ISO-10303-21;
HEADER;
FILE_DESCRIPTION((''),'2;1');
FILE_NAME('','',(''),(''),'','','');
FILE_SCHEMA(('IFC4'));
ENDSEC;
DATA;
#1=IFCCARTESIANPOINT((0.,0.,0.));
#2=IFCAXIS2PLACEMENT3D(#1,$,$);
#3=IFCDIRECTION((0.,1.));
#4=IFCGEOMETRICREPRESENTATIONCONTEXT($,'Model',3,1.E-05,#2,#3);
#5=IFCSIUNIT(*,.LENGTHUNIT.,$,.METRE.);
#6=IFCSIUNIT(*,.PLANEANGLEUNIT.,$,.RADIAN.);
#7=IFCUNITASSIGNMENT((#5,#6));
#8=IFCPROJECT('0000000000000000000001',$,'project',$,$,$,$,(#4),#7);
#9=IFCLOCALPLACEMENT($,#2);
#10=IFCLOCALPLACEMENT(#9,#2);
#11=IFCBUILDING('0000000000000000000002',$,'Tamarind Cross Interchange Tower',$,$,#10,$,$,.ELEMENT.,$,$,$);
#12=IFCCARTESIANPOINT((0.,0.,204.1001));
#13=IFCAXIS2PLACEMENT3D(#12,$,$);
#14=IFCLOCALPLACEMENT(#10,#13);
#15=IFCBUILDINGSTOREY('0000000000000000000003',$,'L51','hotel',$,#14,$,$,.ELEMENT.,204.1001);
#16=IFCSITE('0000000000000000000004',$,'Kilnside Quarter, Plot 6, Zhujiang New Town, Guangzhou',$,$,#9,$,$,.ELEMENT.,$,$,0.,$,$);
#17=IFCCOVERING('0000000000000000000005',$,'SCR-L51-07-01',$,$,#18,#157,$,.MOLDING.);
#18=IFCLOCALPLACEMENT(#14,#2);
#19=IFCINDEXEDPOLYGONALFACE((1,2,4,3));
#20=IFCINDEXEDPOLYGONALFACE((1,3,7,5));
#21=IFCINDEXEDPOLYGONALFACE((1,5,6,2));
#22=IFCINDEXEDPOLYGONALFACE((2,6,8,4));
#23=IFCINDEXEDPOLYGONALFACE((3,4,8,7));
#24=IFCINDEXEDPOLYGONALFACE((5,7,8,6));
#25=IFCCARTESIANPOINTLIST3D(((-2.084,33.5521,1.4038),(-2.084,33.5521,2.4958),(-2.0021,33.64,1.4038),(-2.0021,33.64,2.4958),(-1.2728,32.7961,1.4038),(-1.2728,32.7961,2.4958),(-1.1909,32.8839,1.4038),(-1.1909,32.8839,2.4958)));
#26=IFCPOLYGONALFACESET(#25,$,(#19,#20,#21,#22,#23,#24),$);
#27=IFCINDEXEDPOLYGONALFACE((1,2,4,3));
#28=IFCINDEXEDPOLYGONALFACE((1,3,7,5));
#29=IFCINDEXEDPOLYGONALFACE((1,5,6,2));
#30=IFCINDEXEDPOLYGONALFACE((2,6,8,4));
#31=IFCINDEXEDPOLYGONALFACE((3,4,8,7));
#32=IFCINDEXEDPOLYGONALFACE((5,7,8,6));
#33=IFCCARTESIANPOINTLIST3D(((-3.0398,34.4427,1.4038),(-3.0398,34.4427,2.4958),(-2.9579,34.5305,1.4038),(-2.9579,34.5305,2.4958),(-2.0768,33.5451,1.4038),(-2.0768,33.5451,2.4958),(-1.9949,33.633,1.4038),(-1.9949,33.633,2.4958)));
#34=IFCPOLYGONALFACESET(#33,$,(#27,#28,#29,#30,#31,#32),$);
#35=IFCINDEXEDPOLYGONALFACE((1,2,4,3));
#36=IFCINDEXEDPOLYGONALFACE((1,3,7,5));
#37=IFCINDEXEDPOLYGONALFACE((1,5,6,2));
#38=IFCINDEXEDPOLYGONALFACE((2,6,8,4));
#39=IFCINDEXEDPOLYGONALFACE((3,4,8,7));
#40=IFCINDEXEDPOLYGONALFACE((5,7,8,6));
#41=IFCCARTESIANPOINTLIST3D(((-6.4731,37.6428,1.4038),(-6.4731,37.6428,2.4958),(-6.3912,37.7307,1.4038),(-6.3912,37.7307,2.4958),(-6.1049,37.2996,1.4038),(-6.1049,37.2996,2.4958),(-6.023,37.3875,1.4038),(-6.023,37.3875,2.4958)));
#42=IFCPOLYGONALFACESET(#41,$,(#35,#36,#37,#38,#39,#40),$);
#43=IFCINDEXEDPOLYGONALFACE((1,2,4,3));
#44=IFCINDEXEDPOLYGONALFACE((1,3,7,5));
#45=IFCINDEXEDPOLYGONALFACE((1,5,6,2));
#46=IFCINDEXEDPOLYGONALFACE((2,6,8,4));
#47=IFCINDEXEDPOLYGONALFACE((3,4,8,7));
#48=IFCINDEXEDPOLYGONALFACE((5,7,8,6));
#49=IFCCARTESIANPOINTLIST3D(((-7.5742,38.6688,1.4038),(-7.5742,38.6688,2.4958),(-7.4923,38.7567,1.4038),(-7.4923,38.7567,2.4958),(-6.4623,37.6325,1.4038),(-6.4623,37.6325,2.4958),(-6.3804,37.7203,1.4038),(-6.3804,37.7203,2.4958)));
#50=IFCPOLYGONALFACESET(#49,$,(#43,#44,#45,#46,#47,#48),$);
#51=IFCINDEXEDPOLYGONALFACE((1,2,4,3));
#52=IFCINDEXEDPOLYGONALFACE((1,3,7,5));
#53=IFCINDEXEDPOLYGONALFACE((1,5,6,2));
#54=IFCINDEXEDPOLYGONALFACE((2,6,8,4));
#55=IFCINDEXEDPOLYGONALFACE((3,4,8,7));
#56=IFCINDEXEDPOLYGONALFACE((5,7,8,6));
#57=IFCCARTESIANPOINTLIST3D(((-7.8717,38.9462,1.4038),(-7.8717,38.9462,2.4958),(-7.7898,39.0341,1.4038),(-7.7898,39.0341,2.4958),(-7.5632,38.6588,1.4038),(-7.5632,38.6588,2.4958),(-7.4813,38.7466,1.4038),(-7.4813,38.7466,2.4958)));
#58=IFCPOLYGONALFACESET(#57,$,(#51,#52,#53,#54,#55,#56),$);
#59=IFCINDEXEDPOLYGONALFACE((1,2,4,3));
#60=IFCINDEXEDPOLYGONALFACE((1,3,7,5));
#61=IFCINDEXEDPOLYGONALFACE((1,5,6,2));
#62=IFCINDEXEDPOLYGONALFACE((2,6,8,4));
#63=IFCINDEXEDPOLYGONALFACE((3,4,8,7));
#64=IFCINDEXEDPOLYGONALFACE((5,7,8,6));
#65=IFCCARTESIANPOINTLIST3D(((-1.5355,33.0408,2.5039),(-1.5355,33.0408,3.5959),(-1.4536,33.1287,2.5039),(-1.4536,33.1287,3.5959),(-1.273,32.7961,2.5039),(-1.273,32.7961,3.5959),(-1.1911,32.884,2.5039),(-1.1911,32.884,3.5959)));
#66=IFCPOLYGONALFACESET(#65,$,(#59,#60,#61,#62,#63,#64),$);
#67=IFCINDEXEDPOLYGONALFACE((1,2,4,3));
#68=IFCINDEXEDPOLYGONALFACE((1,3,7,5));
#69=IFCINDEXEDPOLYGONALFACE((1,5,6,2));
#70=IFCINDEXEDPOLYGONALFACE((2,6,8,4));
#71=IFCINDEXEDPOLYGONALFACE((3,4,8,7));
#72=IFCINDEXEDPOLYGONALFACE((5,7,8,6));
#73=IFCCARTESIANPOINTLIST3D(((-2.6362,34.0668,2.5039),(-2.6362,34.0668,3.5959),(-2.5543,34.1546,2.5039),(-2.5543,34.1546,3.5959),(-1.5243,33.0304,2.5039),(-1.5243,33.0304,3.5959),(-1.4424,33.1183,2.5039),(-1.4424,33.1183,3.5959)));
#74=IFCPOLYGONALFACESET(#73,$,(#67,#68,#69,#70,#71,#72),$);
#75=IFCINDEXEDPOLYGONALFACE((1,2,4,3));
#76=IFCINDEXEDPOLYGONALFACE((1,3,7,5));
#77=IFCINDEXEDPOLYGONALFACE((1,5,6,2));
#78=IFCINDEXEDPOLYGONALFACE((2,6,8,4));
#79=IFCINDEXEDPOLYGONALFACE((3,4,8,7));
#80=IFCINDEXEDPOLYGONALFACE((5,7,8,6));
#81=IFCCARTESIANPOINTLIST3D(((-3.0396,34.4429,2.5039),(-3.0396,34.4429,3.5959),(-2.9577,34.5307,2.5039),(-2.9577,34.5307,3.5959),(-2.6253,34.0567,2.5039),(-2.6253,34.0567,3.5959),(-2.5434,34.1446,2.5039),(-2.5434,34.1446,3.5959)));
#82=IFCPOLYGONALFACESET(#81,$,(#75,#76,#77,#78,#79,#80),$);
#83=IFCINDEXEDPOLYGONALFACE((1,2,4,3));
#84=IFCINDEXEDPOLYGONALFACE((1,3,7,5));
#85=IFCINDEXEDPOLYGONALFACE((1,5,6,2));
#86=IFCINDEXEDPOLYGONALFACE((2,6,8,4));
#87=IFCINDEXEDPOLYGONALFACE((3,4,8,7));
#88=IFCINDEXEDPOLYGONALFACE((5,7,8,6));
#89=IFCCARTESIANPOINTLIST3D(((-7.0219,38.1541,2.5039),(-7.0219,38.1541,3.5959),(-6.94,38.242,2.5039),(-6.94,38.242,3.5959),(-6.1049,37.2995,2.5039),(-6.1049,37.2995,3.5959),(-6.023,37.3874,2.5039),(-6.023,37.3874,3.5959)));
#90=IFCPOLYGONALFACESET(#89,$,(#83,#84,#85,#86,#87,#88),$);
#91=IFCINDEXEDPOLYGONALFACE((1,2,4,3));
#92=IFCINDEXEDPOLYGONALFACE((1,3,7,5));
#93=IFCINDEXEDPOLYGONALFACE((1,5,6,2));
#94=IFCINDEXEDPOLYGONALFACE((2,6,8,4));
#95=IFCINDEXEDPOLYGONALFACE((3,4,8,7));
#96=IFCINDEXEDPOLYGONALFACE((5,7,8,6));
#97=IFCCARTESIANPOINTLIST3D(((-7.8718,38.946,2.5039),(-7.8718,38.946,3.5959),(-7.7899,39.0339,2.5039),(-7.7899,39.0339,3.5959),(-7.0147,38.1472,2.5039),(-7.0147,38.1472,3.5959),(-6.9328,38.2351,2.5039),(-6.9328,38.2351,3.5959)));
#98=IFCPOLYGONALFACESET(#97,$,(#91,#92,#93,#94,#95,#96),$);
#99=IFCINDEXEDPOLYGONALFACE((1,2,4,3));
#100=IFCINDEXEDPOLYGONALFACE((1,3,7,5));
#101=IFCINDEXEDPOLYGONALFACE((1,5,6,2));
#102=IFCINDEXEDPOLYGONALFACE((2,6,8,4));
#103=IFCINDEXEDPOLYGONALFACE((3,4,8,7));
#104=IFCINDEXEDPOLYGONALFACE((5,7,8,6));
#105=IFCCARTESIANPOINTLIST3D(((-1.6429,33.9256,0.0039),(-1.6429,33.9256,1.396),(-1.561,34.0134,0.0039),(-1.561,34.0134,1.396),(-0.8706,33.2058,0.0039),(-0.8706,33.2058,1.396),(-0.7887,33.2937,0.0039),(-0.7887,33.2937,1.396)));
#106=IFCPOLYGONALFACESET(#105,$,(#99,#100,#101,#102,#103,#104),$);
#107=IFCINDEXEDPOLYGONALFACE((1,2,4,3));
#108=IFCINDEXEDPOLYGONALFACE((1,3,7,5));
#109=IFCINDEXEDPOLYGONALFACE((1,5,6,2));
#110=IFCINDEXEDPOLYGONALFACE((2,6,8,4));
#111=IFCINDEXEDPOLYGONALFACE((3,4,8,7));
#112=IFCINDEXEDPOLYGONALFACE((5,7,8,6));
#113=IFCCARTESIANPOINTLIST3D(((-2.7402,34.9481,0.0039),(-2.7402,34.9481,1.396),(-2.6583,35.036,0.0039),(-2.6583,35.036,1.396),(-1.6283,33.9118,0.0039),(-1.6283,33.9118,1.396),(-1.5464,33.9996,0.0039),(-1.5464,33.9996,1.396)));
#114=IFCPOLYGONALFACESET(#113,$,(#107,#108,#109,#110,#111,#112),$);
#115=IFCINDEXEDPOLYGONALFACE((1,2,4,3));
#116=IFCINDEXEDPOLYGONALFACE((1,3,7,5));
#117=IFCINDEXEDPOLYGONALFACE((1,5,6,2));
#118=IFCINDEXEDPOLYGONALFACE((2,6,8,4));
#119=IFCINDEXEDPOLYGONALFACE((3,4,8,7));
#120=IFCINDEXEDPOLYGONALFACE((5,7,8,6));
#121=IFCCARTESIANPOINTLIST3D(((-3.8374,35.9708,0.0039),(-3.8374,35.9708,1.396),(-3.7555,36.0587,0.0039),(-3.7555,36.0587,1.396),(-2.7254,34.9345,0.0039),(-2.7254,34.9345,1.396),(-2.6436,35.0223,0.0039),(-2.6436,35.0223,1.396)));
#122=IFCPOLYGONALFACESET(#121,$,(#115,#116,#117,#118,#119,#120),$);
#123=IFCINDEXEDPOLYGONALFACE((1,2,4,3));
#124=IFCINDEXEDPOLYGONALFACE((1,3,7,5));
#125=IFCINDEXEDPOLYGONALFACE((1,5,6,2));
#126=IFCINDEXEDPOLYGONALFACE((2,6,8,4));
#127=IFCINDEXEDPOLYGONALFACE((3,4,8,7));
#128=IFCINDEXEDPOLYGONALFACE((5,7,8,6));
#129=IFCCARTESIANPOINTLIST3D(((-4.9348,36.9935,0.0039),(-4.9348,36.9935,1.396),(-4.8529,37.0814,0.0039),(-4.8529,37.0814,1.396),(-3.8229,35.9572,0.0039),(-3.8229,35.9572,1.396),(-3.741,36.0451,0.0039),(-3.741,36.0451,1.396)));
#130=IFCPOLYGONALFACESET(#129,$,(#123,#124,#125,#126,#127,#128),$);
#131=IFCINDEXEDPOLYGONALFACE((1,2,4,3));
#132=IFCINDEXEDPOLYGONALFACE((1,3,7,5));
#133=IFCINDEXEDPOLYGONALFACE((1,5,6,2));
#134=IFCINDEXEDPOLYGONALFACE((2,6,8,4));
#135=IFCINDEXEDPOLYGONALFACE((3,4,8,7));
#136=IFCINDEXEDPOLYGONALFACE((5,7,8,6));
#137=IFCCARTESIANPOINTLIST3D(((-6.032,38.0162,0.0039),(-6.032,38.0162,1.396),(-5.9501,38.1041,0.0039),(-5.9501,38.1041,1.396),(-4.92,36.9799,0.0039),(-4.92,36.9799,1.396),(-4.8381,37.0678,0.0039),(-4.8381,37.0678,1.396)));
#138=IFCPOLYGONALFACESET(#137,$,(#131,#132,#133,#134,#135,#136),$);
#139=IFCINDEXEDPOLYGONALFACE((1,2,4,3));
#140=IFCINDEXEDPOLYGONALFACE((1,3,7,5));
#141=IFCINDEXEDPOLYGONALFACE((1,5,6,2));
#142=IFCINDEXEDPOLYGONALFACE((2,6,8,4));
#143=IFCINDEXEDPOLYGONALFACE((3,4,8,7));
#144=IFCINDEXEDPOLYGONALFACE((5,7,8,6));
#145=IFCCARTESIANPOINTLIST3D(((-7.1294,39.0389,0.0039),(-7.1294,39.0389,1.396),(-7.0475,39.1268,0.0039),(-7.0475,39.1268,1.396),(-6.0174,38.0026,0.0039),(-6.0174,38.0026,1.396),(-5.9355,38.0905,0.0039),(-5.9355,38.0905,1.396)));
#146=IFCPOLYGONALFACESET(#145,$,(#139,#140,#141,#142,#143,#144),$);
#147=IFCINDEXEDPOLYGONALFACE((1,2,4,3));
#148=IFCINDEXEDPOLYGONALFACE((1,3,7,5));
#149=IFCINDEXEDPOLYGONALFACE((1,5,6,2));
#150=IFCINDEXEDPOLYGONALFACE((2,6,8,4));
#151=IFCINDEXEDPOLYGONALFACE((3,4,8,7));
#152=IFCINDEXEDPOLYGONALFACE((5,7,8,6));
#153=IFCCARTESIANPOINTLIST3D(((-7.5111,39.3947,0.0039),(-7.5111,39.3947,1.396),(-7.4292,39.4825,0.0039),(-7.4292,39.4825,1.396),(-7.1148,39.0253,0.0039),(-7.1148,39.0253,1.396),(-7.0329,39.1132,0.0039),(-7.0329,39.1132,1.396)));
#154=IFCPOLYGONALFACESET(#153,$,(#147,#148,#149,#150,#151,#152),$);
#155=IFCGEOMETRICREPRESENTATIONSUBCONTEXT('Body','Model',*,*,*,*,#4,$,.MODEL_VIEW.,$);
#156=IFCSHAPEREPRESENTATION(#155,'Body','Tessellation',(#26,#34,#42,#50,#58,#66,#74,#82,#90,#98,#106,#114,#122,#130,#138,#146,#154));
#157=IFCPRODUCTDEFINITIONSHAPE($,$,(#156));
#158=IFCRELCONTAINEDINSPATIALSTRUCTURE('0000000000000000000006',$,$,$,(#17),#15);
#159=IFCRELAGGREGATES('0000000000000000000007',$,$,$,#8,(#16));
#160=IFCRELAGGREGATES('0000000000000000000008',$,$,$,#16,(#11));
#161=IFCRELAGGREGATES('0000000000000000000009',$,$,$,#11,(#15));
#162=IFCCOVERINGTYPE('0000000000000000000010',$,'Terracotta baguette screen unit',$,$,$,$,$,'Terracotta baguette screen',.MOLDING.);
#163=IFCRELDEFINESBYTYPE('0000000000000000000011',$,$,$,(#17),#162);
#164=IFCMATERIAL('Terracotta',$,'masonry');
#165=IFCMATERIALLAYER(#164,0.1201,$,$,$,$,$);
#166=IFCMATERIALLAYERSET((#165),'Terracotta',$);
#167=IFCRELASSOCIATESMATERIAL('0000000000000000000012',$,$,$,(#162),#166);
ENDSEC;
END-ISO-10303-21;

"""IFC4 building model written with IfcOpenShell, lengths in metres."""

from ifc_helpers import new_model, si_unit, direction, frame, origin, origin_2d, place, context, subcontext, project, spatial, rectangle, extrude, material, layer, layer_set, type_object, element, save


model = new_model("IFC4")

# Units and contexts
model_context = context("Model", 3, precision=1e-05, world=origin(), true_north=direction((0.0, 1.0)))
body_context = subcontext(model_context, "Body", "Model", "MODEL_VIEW")
ifc_project = project(units=[si_unit("LENGTHUNIT", "METRE"), si_unit("PLANEANGLEUNIT", "RADIAN")], contexts=[model_context])

# Site, building, storey
site_placement = place(None, origin())
site = spatial("IfcSite", under=ifc_project, at=site_placement, Name="Kilnside Quarter, Plot 6, Zhujiang New Town, Guangzhou", CompositionType="ELEMENT", RefElevation=0.0)
building_placement = place(site_placement, origin())
building = spatial("IfcBuilding", under=site, at=building_placement, Name="Tamarind Cross Interchange Tower", CompositionType="ELEMENT")
storey_placement = place(building_placement, frame((0.0, 0.0, 204.1001)))
storey = spatial("IfcBuildingStorey", under=building, at=storey_placement, Name="L51", Description="hotel", CompositionType="ELEMENT", Elevation=204.1001)

# Covering
ifc_material_1 = material(Name="Terracotta", Category="masonry")
ifc_layer_1 = layer(ifc_material_1, 0.1201)
ifc_layer_set_1 = layer_set([ifc_layer_1], Name="Terracotta")
covering_type = type_object("IfcCoveringType", Name="Terracotta baguette screen unit", ElementType="Terracotta baguette screen", PredefinedType="MOLDING", material=ifc_layer_set_1)
covering_1_placement = place(storey_placement, origin())
element("IfcCovering", 1, at=covering_1_placement, inside=storey, type_object=covering_type, Name="SCR-L51-07-01", PredefinedType="MOLDING", context=body_context, shape_type="SweptSolid", body=[
    extrude(rectangle(XDim=1.1089, YDim=0.1201, at=origin_2d()), frame((-1.6375, 33.218, 1.4038), z_axis=(0.0, 0.0, 1.0), x_axis=(-0.731544, 0.681794, 0.0)), (0.0, 0.0, 1.0), 1.092),
    extrude(rectangle(XDim=1.3164, YDim=0.1201, at=origin_2d()), frame((-2.5173, 34.0378, 1.4038), z_axis=(0.0, 0.0, 1.0), x_axis=(-0.731544, 0.681794, 0.0)), (0.0, 0.0, 1.0), 1.092),
    extrude(rectangle(XDim=0.5034, YDim=0.1201, at=origin_2d()), frame((-6.248, 37.5151, 1.4038), z_axis=(0.0, 0.0, 1.0), x_axis=(-0.731544, 0.681794, 0.0)), (0.0, 0.0, 1.0), 1.092),
    extrude(rectangle(XDim=1.52, YDim=0.1201, at=origin_2d()), frame((-6.9773, 38.1946, 1.4038), z_axis=(0.0, 0.0, 1.0), x_axis=(-0.731544, 0.681794, 0.0)), (0.0, 0.0, 1.0), 1.092),
    extrude(rectangle(XDim=0.4216, YDim=0.1201, at=origin_2d()), frame((-7.6765, 38.8464, 1.4038), z_axis=(0.0, 0.0, 1.0), x_axis=(-0.731544, 0.681794, 0.0)), (0.0, 0.0, 1.0), 1.092),
    extrude(rectangle(XDim=0.3589, YDim=0.1201, at=origin_2d()), frame((-1.3633, 32.9624, 2.5039), z_axis=(0.0, 0.0, 1.0), x_axis=(-0.731544, 0.681794, 0.0)), (0.0, 0.0, 1.0), 1.092),
    extrude(rectangle(XDim=1.52, YDim=0.1201, at=origin_2d()), frame((-2.0393, 33.5925, 2.5039), z_axis=(0.0, 0.0, 1.0), x_axis=(-0.731544, 0.681794, 0.0)), (0.0, 0.0, 1.0), 1.092),
    extrude(rectangle(XDim=0.5664, YDim=0.1201, at=origin_2d()), frame((-2.7915, 34.2937, 2.5039), z_axis=(0.0, 0.0, 1.0), x_axis=(-0.731544, 0.681794, 0.0)), (0.0, 0.0, 1.0), 1.092),
    extrude(rectangle(XDim=1.2534, YDim=0.1201, at=origin_2d()), frame((-6.5225, 37.7708, 2.5039), z_axis=(0.0, 0.0, 1.0), x_axis=(-0.731544, 0.681794, 0.0)), (0.0, 0.0, 1.0), 1.092),
    extrude(rectangle(XDim=1.1716, YDim=0.1201, at=origin_2d()), frame((-7.4023, 38.5906, 2.5039), z_axis=(0.0, 0.0, 1.0), x_axis=(-0.731544, 0.681794, 0.0)), (0.0, 0.0, 1.0), 1.092),
    extrude(rectangle(XDim=1.0557, YDim=0.1201, at=origin_2d()), frame((-1.2158, 33.6096, 0.0039), z_axis=(0.0, 0.0, 1.0), x_axis=(-0.731544, 0.681794, 0.0)), (0.0, 0.0, 1.0), 1.3921),
    extrude(rectangle(XDim=1.52, YDim=0.1201, at=origin_2d()), frame((-2.1433, 34.4739, 0.0039), z_axis=(0.0, 0.0, 1.0), x_axis=(-0.731544, 0.681794, 0.0)), (0.0, 0.0, 1.0), 1.3921),
    extrude(rectangle(XDim=1.52, YDim=0.1201, at=origin_2d()), frame((-3.2405, 35.4966, 0.0039), z_axis=(0.0, 0.0, 1.0), x_axis=(-0.731544, 0.681794, 0.0)), (0.0, 0.0, 1.0), 1.3921),
    extrude(rectangle(XDim=1.52, YDim=0.1201, at=origin_2d()), frame((-4.3379, 36.5193, 0.0039), z_axis=(0.0, 0.0, 1.0), x_axis=(-0.731544, 0.681794, 0.0)), (0.0, 0.0, 1.0), 1.3921),
    extrude(rectangle(XDim=1.52, YDim=0.1201, at=origin_2d()), frame((-5.4351, 37.542, 0.0039), z_axis=(0.0, 0.0, 1.0), x_axis=(-0.731544, 0.681794, 0.0)), (0.0, 0.0, 1.0), 1.3921),
    extrude(rectangle(XDim=1.52, YDim=0.1201, at=origin_2d()), frame((-6.5325, 38.5647, 0.0039), z_axis=(0.0, 0.0, 1.0), x_axis=(-0.731544, 0.681794, 0.0)), (0.0, 0.0, 1.0), 1.3921),
    extrude(rectangle(XDim=0.5417, YDim=0.1201, at=origin_2d()), frame((-7.272, 39.2539, 0.0039), z_axis=(0.0, 0.0, 1.0), x_axis=(-0.731544, 0.681794, 0.0)), (0.0, 0.0, 1.0), 1.3921),
])

save(model, "model.ifc")
